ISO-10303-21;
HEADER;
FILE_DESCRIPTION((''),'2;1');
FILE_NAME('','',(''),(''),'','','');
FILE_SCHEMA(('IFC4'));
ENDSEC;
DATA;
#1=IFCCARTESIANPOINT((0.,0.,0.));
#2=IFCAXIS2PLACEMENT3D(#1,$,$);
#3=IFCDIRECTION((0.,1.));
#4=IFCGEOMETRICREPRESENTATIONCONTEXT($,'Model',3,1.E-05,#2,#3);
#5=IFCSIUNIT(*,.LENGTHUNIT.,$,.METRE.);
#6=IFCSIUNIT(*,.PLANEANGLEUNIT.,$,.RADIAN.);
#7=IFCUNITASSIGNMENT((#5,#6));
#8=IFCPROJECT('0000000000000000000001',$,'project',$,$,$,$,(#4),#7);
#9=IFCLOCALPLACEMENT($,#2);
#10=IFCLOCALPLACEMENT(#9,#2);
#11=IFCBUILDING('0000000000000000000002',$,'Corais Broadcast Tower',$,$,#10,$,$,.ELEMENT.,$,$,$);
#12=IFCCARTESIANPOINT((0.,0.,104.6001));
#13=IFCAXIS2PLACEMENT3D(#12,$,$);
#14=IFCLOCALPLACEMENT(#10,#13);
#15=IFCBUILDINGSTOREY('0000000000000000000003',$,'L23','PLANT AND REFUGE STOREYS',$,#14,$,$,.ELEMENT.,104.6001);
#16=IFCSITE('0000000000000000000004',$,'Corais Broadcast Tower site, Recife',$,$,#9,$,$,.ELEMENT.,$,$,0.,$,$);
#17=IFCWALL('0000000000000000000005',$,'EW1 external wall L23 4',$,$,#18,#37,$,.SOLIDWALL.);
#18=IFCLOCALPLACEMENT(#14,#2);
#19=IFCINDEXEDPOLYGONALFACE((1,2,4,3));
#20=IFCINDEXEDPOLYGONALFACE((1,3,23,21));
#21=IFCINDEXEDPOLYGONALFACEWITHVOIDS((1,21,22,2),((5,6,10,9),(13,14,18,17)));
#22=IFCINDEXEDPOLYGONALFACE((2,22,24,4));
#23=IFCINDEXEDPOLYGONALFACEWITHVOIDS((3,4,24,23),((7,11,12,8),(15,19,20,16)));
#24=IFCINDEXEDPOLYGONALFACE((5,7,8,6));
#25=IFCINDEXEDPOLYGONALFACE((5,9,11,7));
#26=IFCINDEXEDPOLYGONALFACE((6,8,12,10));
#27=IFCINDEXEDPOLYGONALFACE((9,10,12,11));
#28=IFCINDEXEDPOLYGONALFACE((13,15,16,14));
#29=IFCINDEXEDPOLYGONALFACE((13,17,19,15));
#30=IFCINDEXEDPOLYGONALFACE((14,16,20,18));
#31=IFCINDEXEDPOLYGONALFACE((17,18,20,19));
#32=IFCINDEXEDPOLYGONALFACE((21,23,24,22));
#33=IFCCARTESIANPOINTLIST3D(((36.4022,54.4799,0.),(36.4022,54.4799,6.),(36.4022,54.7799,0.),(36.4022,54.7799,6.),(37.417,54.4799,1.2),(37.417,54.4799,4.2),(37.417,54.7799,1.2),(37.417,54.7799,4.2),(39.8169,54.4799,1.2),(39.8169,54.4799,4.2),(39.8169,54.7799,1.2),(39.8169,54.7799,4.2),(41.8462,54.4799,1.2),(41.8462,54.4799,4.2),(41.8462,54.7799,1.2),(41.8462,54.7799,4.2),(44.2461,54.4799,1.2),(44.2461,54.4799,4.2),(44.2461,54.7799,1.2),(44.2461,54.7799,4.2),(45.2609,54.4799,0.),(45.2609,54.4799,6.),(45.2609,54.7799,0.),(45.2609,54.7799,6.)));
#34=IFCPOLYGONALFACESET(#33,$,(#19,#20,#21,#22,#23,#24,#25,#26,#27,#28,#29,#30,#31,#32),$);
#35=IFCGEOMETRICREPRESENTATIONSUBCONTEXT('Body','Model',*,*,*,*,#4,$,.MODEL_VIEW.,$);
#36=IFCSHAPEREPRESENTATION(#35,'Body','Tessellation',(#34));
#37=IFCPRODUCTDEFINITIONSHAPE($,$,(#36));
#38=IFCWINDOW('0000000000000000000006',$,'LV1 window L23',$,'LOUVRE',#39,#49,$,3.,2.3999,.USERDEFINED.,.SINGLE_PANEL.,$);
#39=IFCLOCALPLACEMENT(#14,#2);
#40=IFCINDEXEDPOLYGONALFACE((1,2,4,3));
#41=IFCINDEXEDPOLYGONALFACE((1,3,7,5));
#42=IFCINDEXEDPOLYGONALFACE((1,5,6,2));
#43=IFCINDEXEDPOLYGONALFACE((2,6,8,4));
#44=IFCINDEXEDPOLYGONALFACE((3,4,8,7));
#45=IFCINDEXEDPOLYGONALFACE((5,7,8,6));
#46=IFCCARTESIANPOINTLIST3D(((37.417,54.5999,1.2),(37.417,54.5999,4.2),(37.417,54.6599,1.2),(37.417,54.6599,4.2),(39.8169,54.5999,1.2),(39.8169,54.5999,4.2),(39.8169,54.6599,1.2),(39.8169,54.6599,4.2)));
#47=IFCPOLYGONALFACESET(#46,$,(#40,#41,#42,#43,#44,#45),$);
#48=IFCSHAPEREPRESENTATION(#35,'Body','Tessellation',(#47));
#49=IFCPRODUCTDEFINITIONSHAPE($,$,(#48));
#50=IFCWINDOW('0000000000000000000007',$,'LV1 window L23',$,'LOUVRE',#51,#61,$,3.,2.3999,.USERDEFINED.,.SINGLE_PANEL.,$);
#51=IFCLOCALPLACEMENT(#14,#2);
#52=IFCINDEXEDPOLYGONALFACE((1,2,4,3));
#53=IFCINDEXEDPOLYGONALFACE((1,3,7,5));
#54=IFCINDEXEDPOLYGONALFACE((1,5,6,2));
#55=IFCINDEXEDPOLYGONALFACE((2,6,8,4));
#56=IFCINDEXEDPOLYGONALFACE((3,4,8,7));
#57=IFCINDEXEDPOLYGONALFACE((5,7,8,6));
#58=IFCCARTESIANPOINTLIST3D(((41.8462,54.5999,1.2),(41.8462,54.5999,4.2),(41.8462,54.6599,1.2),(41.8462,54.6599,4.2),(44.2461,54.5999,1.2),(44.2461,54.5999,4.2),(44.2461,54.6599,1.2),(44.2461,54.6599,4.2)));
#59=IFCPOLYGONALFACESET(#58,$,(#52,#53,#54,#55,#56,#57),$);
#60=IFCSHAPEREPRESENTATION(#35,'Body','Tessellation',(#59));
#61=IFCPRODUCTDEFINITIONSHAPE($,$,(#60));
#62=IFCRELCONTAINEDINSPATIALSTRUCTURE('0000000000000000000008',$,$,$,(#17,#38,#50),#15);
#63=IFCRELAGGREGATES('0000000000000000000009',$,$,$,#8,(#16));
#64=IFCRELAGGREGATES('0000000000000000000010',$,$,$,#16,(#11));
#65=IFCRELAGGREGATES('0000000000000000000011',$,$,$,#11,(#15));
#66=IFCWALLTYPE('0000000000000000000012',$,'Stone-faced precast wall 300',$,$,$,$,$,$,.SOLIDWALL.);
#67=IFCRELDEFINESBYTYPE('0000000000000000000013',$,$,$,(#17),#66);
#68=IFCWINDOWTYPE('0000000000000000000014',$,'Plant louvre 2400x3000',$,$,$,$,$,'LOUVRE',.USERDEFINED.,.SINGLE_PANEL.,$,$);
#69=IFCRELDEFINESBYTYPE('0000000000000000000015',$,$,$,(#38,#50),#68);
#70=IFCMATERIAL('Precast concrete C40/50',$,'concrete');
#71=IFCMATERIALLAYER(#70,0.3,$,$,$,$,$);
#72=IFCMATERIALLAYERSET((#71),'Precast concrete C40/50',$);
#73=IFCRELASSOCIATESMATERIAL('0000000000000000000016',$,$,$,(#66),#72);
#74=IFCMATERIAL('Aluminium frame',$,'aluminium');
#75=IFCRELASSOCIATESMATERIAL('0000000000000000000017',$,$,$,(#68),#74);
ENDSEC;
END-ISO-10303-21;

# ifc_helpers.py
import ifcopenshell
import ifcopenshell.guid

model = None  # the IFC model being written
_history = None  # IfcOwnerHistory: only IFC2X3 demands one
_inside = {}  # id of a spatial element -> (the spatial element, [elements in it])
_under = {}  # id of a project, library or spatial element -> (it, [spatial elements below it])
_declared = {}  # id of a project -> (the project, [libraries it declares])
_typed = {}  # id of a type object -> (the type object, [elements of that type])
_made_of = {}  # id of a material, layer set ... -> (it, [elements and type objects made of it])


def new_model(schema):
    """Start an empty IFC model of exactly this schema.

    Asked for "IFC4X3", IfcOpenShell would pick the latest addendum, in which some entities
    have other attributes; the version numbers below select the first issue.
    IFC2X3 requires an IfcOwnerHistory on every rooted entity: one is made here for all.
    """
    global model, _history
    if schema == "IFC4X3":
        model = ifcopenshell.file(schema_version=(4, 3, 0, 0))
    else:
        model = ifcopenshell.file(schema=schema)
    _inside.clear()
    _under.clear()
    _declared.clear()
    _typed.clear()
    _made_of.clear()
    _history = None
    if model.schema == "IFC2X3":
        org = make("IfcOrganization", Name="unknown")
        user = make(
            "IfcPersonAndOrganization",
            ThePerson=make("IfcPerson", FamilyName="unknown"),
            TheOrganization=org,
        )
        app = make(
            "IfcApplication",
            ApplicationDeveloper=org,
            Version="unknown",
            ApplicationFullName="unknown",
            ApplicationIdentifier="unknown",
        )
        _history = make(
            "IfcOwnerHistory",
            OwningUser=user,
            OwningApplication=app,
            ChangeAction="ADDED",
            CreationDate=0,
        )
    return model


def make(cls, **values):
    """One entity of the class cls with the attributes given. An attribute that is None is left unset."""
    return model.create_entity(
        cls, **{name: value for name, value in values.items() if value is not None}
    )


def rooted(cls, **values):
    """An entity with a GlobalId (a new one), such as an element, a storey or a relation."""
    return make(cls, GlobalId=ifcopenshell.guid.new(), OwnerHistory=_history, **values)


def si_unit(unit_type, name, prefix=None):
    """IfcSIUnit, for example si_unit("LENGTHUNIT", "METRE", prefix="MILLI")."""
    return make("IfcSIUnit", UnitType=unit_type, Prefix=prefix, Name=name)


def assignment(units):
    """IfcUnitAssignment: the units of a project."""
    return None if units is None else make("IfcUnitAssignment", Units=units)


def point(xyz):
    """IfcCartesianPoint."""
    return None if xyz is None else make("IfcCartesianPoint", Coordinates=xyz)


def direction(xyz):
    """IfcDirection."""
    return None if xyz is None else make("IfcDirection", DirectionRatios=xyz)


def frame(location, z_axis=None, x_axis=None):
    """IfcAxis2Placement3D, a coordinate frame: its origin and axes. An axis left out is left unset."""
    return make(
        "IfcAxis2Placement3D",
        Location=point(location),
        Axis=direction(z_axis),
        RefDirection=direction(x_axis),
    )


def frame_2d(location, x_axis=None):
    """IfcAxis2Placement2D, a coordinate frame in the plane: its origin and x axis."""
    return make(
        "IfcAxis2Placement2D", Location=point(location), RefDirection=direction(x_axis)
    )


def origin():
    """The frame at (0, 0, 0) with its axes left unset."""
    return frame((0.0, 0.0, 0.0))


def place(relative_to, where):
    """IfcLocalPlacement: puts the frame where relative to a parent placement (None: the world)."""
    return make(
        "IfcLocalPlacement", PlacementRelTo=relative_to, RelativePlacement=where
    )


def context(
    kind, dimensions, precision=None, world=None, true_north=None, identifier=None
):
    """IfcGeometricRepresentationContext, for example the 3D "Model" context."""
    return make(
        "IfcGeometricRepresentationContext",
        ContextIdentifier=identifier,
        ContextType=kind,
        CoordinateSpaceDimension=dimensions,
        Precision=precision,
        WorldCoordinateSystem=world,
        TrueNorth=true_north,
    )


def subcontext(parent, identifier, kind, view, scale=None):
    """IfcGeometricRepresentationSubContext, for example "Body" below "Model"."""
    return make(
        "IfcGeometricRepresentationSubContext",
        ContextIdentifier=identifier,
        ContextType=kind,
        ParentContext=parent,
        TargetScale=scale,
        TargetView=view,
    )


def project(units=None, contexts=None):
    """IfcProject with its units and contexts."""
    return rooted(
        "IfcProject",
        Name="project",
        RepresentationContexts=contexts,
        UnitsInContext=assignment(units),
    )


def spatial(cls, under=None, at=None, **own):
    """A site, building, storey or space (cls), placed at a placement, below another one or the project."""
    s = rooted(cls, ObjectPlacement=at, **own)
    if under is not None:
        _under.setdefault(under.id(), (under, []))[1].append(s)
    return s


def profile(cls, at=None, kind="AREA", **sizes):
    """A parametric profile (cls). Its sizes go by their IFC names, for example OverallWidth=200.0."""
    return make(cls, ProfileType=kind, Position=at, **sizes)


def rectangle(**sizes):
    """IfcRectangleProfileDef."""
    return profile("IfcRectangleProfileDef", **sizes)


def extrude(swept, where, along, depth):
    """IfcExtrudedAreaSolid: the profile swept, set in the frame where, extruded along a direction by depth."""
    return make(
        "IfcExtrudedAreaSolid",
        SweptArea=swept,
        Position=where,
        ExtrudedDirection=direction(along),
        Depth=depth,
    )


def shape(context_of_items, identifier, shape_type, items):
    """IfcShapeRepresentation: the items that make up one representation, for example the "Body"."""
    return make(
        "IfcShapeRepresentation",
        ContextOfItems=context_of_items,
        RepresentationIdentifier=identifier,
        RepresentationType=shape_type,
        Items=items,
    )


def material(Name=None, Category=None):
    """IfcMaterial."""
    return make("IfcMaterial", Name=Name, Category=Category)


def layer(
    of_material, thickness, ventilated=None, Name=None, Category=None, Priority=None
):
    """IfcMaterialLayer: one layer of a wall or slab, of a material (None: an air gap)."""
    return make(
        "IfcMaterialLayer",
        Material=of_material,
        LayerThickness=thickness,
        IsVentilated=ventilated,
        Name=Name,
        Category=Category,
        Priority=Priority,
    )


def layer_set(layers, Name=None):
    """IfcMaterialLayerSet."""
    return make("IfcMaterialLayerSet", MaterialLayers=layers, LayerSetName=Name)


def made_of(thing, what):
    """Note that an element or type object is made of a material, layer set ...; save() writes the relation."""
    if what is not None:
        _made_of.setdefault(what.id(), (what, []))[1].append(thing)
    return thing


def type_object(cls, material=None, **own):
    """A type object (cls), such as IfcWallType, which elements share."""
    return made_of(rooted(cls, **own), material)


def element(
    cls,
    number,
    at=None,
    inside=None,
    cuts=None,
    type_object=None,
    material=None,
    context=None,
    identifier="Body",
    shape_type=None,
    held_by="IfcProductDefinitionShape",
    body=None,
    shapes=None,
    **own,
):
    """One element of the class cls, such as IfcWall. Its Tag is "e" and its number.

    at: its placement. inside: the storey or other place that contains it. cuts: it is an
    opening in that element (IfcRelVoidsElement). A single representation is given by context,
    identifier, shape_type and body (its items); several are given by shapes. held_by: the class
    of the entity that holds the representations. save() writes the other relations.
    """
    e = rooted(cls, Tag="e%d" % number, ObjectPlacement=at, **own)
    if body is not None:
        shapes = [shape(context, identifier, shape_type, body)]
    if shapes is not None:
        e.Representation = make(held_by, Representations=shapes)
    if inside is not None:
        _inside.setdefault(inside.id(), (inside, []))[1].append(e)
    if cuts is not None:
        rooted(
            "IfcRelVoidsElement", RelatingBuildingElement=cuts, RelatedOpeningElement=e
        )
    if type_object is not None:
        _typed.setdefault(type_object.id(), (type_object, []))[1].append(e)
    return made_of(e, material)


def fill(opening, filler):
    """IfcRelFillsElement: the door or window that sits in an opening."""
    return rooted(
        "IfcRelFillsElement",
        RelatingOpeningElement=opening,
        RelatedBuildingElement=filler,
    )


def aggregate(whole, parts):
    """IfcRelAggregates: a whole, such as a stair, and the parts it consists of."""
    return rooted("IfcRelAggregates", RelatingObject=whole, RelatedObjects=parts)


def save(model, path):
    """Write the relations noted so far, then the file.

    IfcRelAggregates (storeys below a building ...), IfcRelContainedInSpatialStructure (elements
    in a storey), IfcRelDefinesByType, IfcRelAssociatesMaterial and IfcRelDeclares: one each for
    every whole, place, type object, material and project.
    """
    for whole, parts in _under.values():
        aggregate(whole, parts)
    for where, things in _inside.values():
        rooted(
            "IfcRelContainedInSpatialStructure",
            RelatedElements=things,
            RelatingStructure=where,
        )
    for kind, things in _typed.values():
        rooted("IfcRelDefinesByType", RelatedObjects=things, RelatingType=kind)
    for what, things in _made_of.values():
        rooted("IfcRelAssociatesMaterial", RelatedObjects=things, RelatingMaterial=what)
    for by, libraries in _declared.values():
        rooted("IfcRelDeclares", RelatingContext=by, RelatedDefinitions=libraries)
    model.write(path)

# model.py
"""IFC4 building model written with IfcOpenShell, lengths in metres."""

from ifc_helpers import new_model, si_unit, direction, frame, frame_2d, origin, place, context, subcontext, project, spatial, rectangle, extrude, material, layer, layer_set, type_object, element, fill, save


model = new_model("IFC4")

# Units and contexts
model_context = context("Model", 3, precision=1e-05, world=origin(), true_north=direction((0.0, 1.0)))
body_context = subcontext(model_context, "Body", "Model", "MODEL_VIEW")
ifc_project = project(units=[si_unit("LENGTHUNIT", "METRE"), si_unit("PLANEANGLEUNIT", "RADIAN")], contexts=[model_context])

# Site, building, storey
site_placement = place(None, origin())
site = spatial("IfcSite", under=ifc_project, at=site_placement, Name="Corais Broadcast Tower site, Recife", CompositionType="ELEMENT", RefElevation=0.0)
building_placement = place(site_placement, origin())
building = spatial("IfcBuilding", under=site, at=building_placement, Name="Corais Broadcast Tower", CompositionType="ELEMENT")
storey_placement = place(building_placement, frame((0.0, 0.0, 104.6001)))
storey = spatial("IfcBuildingStorey", under=building, at=storey_placement, Name="L23", Description="PLANT AND REFUGE STOREYS", CompositionType="ELEMENT", Elevation=104.6001)

# Wall, openings, windows
ifc_material_1 = material(Name="Precast concrete C40/50", Category="concrete")
ifc_layer_1 = layer(ifc_material_1, 0.3)
ifc_layer_set_1 = layer_set([ifc_layer_1], Name="Precast concrete C40/50")
wall_type_1 = type_object("IfcWallType", Name="Stone-faced precast wall 300", PredefinedType="SOLIDWALL", material=ifc_layer_set_1)
wall_1_placement = place(storey_placement, frame((36.4023, 54.6299, 0.0), z_axis=(0.0, 0.0, 1.0), x_axis=(1.0, 0.0, 0.0)))
wall_1 = element("IfcWall", 1, at=wall_1_placement, inside=storey, type_object=wall_type_1, Name="EW1 external wall L23 4", PredefinedType="SOLIDWALL", context=body_context, shape_type="SweptSolid", body=[
    extrude(rectangle(XDim=8.8586, YDim=0.3, at=frame_2d((4.4292, 0.0))), origin(), (0.0, 0.0, 1.0), 6.0),
])
opening_1_placement = place(wall_1_placement, frame((1.0146, 0.0, 1.2)))
opening_1 = element("IfcOpeningElement", 2, at=opening_1_placement, cuts=wall_1, PredefinedType="OPENING", context=body_context, shape_type="SweptSolid", body=[
    extrude(rectangle(XDim=2.3999, YDim=3.0, at=frame_2d((1.2, 1.5))), frame((0.0, 0.1599, 0.0), z_axis=(0.0, -1.0, 0.0), x_axis=(1.0, 0.0, 0.0)), (0.0, 0.0, 1.0), 0.3201),
])
opening_2_placement = place(wall_1_placement, frame((5.4438, 0.0, 1.2)))
opening_2 = element("IfcOpeningElement", 3, at=opening_2_placement, cuts=wall_1, PredefinedType="OPENING", context=body_context, shape_type="SweptSolid", body=[
    extrude(rectangle(XDim=2.3999, YDim=3.0, at=frame_2d((1.2, 1.5))), frame((0.0, 0.1599, 0.0), z_axis=(0.0, -1.0, 0.0), x_axis=(1.0, 0.0, 0.0)), (0.0, 0.0, 1.0), 0.3201),
])
ifc_material_2 = material(Name="Aluminium frame", Category="aluminium")
window_type = type_object("IfcWindowType", Name="Plant louvre 2400x3000", ElementType="LOUVRE", PartitioningType="SINGLE_PANEL", PredefinedType="USERDEFINED", material=ifc_material_2)
window_1_placement = place(opening_1_placement, origin())
window_1 = element("IfcWindow", 4, at=window_1_placement, inside=storey, type_object=window_type, Name="LV1 window L23", ObjectType="LOUVRE", OverallHeight=3.0, OverallWidth=2.3999, PartitioningType="SINGLE_PANEL", PredefinedType="USERDEFINED", context=body_context, shape_type="SweptSolid", body=[
    extrude(rectangle(XDim=2.3999, YDim=3.0, at=frame_2d((1.2, 1.5))), frame((0.0, 0.03, 0.0), z_axis=(0.0, -1.0, 0.0), x_axis=(1.0, 0.0, 0.0)), (0.0, 0.0, 1.0), 0.0601),
])
fill(opening_1, window_1)
window_2_placement = place(opening_2_placement, origin())
window_2 = element("IfcWindow", 5, at=window_2_placement, inside=storey, type_object=window_type, Name="LV1 window L23", ObjectType="LOUVRE", OverallHeight=3.0, OverallWidth=2.3999, PartitioningType="SINGLE_PANEL", PredefinedType="USERDEFINED", context=body_context, shape_type="SweptSolid", body=[
    extrude(rectangle(XDim=2.3999, YDim=3.0, at=frame_2d((1.2, 1.5))), frame((0.0, 0.03, 0.0), z_axis=(0.0, -1.0, 0.0), x_axis=(1.0, 0.0, 0.0)), (0.0, 0.0, 1.0), 0.0601),
])
fill(opening_2, window_2)

save(model, "model.ifc")
